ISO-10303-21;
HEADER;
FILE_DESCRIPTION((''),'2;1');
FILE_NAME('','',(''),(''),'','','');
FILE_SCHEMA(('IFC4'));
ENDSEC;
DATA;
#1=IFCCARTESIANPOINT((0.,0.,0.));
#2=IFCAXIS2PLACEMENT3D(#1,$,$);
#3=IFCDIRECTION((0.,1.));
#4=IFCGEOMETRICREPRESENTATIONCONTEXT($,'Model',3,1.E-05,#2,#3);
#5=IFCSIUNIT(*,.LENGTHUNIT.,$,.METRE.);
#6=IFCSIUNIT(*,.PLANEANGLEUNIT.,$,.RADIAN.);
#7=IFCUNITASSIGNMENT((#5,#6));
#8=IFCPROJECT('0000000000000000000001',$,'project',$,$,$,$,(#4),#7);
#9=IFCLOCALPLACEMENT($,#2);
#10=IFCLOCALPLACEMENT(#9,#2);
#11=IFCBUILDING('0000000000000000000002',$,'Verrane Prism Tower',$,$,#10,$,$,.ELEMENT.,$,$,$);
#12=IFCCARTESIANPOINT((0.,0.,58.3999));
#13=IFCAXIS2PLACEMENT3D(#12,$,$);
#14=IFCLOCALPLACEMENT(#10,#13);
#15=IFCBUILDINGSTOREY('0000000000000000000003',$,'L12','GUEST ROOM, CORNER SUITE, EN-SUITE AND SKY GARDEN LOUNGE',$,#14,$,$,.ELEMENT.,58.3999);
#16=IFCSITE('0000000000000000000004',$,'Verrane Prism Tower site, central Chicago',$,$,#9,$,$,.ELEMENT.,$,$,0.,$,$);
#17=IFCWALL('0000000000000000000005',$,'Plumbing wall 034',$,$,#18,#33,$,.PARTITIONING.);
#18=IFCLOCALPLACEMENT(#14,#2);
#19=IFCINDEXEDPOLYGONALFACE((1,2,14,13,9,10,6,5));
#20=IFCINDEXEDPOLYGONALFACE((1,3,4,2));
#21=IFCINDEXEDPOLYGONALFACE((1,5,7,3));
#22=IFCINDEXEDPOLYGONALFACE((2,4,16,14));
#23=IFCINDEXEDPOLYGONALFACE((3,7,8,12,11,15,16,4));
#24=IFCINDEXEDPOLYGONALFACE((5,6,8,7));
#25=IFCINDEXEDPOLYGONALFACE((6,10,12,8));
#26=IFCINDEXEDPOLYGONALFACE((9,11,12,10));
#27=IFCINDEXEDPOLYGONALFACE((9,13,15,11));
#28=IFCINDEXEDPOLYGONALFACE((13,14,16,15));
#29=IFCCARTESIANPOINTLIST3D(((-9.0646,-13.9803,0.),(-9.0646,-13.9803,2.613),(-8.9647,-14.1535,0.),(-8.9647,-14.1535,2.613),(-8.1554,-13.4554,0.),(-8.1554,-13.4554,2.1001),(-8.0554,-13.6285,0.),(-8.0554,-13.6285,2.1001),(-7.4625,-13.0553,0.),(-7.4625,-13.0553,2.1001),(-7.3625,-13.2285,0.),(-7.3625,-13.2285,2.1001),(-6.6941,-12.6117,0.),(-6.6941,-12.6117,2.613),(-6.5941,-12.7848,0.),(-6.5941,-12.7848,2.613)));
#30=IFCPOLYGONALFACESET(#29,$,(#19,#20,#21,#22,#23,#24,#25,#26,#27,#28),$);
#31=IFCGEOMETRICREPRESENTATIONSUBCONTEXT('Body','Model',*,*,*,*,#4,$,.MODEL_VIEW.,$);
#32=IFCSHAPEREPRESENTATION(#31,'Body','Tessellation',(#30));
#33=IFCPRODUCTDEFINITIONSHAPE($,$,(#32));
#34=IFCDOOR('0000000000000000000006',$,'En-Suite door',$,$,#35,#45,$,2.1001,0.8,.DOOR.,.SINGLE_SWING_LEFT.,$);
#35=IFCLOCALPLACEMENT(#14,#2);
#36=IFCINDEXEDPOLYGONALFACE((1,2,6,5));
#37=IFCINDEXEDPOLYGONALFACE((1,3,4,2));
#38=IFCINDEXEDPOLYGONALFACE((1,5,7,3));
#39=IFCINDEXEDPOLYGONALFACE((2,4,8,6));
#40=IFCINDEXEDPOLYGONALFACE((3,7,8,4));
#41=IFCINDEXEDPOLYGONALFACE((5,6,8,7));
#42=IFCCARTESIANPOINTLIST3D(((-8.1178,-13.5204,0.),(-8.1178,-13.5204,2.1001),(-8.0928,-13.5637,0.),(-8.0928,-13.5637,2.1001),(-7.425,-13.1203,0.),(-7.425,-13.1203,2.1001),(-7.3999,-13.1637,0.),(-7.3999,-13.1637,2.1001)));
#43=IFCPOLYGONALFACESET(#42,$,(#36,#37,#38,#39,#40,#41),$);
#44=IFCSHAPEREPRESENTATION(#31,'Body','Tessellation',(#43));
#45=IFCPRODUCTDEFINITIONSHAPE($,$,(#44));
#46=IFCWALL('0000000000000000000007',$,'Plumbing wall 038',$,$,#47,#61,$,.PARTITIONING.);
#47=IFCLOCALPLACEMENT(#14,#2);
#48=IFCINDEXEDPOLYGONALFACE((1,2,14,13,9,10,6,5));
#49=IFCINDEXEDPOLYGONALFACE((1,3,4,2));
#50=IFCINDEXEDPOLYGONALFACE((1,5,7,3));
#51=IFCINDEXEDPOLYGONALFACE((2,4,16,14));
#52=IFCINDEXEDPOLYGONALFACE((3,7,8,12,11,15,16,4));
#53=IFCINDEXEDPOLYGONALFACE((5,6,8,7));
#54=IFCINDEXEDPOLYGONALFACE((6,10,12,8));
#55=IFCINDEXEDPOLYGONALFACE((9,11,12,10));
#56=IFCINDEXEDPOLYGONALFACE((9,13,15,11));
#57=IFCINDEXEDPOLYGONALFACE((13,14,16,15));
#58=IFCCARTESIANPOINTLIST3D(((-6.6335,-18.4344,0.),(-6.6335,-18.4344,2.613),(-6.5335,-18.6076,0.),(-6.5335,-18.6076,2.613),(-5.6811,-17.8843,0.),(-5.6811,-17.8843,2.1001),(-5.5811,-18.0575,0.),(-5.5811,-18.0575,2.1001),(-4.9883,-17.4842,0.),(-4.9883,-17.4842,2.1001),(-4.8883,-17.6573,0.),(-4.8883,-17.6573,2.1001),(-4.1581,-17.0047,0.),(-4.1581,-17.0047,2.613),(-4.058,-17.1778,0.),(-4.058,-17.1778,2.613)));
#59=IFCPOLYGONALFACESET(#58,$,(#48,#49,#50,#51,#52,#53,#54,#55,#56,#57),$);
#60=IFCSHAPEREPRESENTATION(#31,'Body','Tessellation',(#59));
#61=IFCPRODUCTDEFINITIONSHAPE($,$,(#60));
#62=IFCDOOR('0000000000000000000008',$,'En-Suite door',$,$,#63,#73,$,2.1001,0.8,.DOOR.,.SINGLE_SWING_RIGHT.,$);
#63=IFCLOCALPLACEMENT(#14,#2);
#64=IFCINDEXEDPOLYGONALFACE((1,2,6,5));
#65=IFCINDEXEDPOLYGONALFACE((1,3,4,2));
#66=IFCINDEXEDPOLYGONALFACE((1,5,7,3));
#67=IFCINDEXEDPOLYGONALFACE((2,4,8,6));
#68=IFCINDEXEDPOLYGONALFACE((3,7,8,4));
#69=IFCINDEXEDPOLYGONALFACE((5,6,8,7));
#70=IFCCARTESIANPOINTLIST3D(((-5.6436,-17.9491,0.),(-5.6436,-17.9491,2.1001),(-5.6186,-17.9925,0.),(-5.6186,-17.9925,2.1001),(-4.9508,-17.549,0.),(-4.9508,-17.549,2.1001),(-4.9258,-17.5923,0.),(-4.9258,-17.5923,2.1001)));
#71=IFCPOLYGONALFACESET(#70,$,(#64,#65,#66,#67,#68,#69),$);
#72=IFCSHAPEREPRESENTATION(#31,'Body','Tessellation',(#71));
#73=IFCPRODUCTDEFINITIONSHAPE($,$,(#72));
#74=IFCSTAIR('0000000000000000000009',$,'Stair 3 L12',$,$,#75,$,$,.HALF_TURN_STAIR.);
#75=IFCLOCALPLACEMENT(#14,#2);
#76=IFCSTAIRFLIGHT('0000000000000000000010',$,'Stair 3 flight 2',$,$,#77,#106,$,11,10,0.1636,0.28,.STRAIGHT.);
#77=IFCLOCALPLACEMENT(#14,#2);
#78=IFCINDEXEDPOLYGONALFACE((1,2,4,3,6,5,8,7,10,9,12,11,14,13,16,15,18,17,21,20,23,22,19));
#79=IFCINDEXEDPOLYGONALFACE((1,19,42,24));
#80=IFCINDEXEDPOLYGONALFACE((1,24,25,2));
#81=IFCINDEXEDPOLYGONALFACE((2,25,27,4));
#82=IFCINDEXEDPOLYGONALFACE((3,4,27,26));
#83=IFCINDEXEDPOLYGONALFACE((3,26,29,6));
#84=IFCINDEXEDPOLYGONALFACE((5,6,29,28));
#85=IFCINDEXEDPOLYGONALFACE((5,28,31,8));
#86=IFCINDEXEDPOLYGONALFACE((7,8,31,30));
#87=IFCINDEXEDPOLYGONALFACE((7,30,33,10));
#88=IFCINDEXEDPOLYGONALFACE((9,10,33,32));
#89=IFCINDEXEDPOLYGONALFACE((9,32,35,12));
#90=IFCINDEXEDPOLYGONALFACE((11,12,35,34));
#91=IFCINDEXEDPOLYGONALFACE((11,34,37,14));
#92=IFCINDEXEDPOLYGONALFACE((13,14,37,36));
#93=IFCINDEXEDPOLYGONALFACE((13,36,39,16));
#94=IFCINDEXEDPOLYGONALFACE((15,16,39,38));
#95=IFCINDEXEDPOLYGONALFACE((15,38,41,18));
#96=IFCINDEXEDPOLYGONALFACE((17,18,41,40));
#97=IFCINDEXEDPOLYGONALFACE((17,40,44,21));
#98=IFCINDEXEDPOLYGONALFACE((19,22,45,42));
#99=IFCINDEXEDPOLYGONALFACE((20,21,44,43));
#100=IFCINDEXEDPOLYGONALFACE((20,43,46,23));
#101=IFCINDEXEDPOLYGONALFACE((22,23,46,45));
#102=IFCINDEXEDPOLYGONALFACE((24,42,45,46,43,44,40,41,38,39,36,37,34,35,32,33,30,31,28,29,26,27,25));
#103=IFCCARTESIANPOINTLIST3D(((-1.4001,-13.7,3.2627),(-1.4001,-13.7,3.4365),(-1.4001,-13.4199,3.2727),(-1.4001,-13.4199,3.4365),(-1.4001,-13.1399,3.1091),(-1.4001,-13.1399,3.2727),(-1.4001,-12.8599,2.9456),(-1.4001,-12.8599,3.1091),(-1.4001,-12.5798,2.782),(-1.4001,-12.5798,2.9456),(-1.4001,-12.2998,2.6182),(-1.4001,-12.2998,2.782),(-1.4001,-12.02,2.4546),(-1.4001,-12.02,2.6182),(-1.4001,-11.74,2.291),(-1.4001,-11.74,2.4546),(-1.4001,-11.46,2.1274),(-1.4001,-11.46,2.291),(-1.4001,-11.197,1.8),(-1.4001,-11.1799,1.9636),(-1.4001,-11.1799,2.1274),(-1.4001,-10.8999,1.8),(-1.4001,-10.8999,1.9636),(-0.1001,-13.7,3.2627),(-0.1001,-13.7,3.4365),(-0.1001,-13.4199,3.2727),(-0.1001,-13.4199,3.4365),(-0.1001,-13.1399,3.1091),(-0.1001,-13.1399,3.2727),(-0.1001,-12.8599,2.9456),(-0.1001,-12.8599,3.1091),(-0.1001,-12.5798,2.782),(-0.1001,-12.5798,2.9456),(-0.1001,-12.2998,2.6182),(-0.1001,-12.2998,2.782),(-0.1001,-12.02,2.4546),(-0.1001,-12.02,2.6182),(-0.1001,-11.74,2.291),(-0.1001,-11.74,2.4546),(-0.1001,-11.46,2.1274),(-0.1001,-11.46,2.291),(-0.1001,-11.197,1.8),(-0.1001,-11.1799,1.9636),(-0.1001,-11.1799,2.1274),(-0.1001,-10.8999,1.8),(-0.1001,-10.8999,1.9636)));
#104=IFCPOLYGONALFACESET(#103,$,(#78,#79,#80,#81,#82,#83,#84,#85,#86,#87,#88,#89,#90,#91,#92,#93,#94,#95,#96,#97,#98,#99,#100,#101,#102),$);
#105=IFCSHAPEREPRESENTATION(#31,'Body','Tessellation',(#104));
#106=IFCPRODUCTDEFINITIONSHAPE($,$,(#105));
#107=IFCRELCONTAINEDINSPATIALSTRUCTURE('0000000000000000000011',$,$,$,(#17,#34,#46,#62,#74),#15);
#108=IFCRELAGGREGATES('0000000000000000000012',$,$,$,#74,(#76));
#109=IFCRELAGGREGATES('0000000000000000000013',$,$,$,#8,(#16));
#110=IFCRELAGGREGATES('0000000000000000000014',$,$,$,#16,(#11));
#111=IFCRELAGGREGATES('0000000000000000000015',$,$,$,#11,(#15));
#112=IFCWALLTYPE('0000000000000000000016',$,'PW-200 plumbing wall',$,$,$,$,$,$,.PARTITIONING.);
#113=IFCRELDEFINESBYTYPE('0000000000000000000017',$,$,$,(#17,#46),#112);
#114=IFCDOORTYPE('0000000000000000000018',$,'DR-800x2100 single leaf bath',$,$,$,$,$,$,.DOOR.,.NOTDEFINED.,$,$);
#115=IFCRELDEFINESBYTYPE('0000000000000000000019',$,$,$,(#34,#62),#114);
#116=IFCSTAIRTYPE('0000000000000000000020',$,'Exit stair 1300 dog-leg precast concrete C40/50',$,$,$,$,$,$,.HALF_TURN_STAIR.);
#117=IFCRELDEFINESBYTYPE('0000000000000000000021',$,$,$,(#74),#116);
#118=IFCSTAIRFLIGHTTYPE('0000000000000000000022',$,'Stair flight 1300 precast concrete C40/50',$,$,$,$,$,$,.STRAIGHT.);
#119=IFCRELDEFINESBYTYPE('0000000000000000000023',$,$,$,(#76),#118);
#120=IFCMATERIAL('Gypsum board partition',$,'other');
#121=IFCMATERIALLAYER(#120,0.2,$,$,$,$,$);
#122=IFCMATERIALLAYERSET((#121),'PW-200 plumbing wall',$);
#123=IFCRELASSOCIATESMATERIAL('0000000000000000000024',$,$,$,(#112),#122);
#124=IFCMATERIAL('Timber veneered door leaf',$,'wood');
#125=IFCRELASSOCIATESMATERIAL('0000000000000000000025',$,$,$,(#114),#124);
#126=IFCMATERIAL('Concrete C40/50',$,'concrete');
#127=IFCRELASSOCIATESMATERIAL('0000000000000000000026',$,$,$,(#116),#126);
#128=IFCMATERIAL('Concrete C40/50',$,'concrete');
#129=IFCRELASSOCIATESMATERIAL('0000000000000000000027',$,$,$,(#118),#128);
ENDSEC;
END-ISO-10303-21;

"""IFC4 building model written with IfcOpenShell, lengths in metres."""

from ifc_helpers import new_model, si_unit, direction, frame, frame_2d, origin, place, context, subcontext, project, spatial, polyline, rectangle, outline, extrude, material, layer, layer_set, type_object, element, fill, aggregate, save


model = new_model("IFC4")

# Units and contexts
model_context = context("Model", 3, precision=1e-05, world=origin(), true_north=direction((0.0, 1.0)))
body_context = subcontext(model_context, "Body", "Model", "MODEL_VIEW")
ifc_project = project(units=[si_unit("LENGTHUNIT", "METRE"), si_unit("PLANEANGLEUNIT", "RADIAN")], contexts=[model_context])

# Site, building, storey
site_placement = place(None, origin())
site = spatial("IfcSite", under=ifc_project, at=site_placement, Name="Verrane Prism Tower site, central Chicago", CompositionType="ELEMENT", RefElevation=0.0)
building_placement = place(site_placement, origin())
building = spatial("IfcBuilding", under=site, at=building_placement, Name="Verrane Prism Tower", CompositionType="ELEMENT")
storey_placement = place(building_placement, frame((0.0, 0.0, 58.3999)))
storey = spatial("IfcBuildingStorey", under=building, at=storey_placement, Name="L12", Description="GUEST ROOM, CORNER SUITE, EN-SUITE AND SKY GARDEN LOUNGE", CompositionType="ELEMENT", Elevation=58.3999)

# Shared definitions
ifc_material_1 = material(Name="Gypsum board partition", Category="other")
ifc_layer_1 = layer(ifc_material_1, 0.2)
ifc_layer_set_1 = layer_set([ifc_layer_1], Name="PW-200 plumbing wall")
wall_type_1 = type_object("IfcWallType", Name="PW-200 plumbing wall", PredefinedType="PARTITIONING", material=ifc_layer_set_1)

# Walls, openings, doors
wall_1_placement = place(storey_placement, frame((-9.0146, -14.0669, 0.0), z_axis=(0.0, 0.0, 1.0), x_axis=(0.866028, 0.499995, 0.0)))
wall_1 = element("IfcWall", 1, at=wall_1_placement, inside=storey, type_object=wall_type_1, Name="Plumbing wall 034", PredefinedType="PARTITIONING", context=body_context, shape_type="SweptSolid", body=[
    extrude(rectangle(XDim=2.7373, YDim=0.2, at=frame_2d((1.3687, 0.0))), origin(), (0.0, 0.0, 1.0), 2.613),
])
opening_1_placement = place(wall_1_placement, frame((1.05, 0.0, 0.0)))
opening_1 = element("IfcOpeningElement", 2, at=opening_1_placement, cuts=wall_1, PredefinedType="OPENING", context=body_context, shape_type="SweptSolid", body=[
    extrude(rectangle(XDim=0.8, YDim=2.1001, at=frame_2d((0.3999, 1.05))), frame((0.0, 0.1099, 0.0), z_axis=(0.0, -1.0, 0.0), x_axis=(1.0, 0.0, 0.0)), (0.0, 0.0, 1.0), 0.22),
])
ifc_material_2 = material(Name="Timber veneered door leaf", Category="wood")
door_type_1 = type_object("IfcDoorType", Name="DR-800x2100 single leaf bath", OperationType="NOTDEFINED", PredefinedType="DOOR", material=ifc_material_2)
door_1_placement = place(opening_1_placement, origin())
door_1 = element("IfcDoor", 3, at=door_1_placement, inside=storey, type_object=door_type_1, Name="En-Suite door", OperationType="SINGLE_SWING_LEFT", OverallHeight=2.1001, OverallWidth=0.8, PredefinedType="DOOR", context=body_context, shape_type="SweptSolid", body=[
    extrude(rectangle(XDim=0.8, YDim=2.1001, at=frame_2d((0.3999, 1.05))), frame((0.0, 0.0249, 0.0), z_axis=(0.0, -1.0, 0.0), x_axis=(1.0, 0.0, 0.0)), (0.0, 0.0, 1.0), 0.05),
])
fill(opening_1, door_1)
wall_2_placement = place(storey_placement, frame((-4.1082, -17.0913, 0.0), z_axis=(0.0, 0.0, 1.0), x_axis=(-0.865942, -0.500144, 0.0)))
wall_2 = element("IfcWall", 4, at=wall_2_placement, inside=storey, type_object=wall_type_1, Name="Plumbing wall 038", PredefinedType="PARTITIONING", context=body_context, shape_type="SweptSolid", body=[
    extrude(rectangle(XDim=2.8586, YDim=0.2, at=frame_2d((1.4292, 0.0))), origin(), (0.0, 0.0, 1.0), 2.613),
])
opening_2_placement = place(wall_2_placement, frame((0.9587, 0.0, 0.0)))
opening_2 = element("IfcOpeningElement", 5, at=opening_2_placement, cuts=wall_2, PredefinedType="OPENING", context=body_context, shape_type="SweptSolid", body=[
    extrude(rectangle(XDim=0.8, YDim=2.1001, at=frame_2d((0.3999, 1.05))), frame((0.0, 0.1099, 0.0), z_axis=(0.0, -1.0, 0.0), x_axis=(1.0, 0.0, 0.0)), (0.0, 0.0, 1.0), 0.22),
])
door_2_placement = place(opening_2_placement, origin())
door_2 = element("IfcDoor", 6, at=door_2_placement, inside=storey, type_object=door_type_1, Name="En-Suite door", OperationType="SINGLE_SWING_RIGHT", OverallHeight=2.1001, OverallWidth=0.8, PredefinedType="DOOR", context=body_context, shape_type="SweptSolid", body=[
    extrude(rectangle(XDim=0.8, YDim=2.1001, at=frame_2d((0.3999, 1.05))), frame((0.0, 0.0249, 0.0), z_axis=(0.0, -1.0, 0.0), x_axis=(1.0, 0.0, 0.0)), (0.0, 0.0, 1.0), 0.05),
])
fill(opening_2, door_2)

# Stair, stair flight
ifc_material_3 = material(Name="Concrete C40/50", Category="concrete")
stair_type = type_object("IfcStairType", Name="Exit stair 1300 dog-leg precast concrete C40/50", PredefinedType="HALF_TURN_STAIR", material=ifc_material_3)
stair_placement = place(storey_placement, origin())
stair = element("IfcStair", 7, at=stair_placement, inside=storey, type_object=stair_type, Name="Stair 3 L12", PredefinedType="HALF_TURN_STAIR")
ifc_material_4 = material(Name="Concrete C40/50", Category="concrete")
stair_flight_type = type_object("IfcStairFlightType", Name="Stair flight 1300 precast concrete C40/50", PredefinedType="STRAIGHT", material=ifc_material_4)
stair_flight_placement = place(storey_placement, frame((-0.75, -10.8999, 1.8), z_axis=(0.0, 0.0, 1.0), x_axis=(0.0, -1.0, 0.0)))
stair_flight = element("IfcStairFlight", 8, at=stair_flight_placement, type_object=stair_flight_type, Name="Stair 3 flight 2", NumberOfRisers=11, NumberOfTreads=10, PredefinedType="STRAIGHT", RiserHeight=0.1636, TreadLength=0.28, context=body_context, shape_type="SweptSolid", body=[
    extrude(outline(polyline([(0.0, 0.0), (0.0, 0.1636), (0.28, 0.1636), (0.28, 0.3274), (0.5601, 0.3274), (0.5601, 0.491), (0.8401, 0.491), (0.8401, 0.6545), (1.1201, 0.6545), (1.1201, 0.8181), (1.3999, 0.8181), (1.3999, 0.9819), (1.6799, 0.9819), (1.6799, 1.1455), (1.96, 1.1455), (1.96, 1.3091), (2.24, 1.3091), (2.24, 1.4727), (2.52, 1.4727), (2.52, 1.6365), (2.8, 1.6365), (2.8, 1.8), (2.8, 1.4626), (0.2971, 0.0), (0.0, 0.0)])), frame((0.0, 0.6499, 0.0), z_axis=(0.0, -1.0, 0.0), x_axis=(1.0, 0.0, 0.0)), (0.0, 0.0, 1.0), 1.3),
])
aggregate(stair, [stair_flight])

save(model, "model.ifc")
